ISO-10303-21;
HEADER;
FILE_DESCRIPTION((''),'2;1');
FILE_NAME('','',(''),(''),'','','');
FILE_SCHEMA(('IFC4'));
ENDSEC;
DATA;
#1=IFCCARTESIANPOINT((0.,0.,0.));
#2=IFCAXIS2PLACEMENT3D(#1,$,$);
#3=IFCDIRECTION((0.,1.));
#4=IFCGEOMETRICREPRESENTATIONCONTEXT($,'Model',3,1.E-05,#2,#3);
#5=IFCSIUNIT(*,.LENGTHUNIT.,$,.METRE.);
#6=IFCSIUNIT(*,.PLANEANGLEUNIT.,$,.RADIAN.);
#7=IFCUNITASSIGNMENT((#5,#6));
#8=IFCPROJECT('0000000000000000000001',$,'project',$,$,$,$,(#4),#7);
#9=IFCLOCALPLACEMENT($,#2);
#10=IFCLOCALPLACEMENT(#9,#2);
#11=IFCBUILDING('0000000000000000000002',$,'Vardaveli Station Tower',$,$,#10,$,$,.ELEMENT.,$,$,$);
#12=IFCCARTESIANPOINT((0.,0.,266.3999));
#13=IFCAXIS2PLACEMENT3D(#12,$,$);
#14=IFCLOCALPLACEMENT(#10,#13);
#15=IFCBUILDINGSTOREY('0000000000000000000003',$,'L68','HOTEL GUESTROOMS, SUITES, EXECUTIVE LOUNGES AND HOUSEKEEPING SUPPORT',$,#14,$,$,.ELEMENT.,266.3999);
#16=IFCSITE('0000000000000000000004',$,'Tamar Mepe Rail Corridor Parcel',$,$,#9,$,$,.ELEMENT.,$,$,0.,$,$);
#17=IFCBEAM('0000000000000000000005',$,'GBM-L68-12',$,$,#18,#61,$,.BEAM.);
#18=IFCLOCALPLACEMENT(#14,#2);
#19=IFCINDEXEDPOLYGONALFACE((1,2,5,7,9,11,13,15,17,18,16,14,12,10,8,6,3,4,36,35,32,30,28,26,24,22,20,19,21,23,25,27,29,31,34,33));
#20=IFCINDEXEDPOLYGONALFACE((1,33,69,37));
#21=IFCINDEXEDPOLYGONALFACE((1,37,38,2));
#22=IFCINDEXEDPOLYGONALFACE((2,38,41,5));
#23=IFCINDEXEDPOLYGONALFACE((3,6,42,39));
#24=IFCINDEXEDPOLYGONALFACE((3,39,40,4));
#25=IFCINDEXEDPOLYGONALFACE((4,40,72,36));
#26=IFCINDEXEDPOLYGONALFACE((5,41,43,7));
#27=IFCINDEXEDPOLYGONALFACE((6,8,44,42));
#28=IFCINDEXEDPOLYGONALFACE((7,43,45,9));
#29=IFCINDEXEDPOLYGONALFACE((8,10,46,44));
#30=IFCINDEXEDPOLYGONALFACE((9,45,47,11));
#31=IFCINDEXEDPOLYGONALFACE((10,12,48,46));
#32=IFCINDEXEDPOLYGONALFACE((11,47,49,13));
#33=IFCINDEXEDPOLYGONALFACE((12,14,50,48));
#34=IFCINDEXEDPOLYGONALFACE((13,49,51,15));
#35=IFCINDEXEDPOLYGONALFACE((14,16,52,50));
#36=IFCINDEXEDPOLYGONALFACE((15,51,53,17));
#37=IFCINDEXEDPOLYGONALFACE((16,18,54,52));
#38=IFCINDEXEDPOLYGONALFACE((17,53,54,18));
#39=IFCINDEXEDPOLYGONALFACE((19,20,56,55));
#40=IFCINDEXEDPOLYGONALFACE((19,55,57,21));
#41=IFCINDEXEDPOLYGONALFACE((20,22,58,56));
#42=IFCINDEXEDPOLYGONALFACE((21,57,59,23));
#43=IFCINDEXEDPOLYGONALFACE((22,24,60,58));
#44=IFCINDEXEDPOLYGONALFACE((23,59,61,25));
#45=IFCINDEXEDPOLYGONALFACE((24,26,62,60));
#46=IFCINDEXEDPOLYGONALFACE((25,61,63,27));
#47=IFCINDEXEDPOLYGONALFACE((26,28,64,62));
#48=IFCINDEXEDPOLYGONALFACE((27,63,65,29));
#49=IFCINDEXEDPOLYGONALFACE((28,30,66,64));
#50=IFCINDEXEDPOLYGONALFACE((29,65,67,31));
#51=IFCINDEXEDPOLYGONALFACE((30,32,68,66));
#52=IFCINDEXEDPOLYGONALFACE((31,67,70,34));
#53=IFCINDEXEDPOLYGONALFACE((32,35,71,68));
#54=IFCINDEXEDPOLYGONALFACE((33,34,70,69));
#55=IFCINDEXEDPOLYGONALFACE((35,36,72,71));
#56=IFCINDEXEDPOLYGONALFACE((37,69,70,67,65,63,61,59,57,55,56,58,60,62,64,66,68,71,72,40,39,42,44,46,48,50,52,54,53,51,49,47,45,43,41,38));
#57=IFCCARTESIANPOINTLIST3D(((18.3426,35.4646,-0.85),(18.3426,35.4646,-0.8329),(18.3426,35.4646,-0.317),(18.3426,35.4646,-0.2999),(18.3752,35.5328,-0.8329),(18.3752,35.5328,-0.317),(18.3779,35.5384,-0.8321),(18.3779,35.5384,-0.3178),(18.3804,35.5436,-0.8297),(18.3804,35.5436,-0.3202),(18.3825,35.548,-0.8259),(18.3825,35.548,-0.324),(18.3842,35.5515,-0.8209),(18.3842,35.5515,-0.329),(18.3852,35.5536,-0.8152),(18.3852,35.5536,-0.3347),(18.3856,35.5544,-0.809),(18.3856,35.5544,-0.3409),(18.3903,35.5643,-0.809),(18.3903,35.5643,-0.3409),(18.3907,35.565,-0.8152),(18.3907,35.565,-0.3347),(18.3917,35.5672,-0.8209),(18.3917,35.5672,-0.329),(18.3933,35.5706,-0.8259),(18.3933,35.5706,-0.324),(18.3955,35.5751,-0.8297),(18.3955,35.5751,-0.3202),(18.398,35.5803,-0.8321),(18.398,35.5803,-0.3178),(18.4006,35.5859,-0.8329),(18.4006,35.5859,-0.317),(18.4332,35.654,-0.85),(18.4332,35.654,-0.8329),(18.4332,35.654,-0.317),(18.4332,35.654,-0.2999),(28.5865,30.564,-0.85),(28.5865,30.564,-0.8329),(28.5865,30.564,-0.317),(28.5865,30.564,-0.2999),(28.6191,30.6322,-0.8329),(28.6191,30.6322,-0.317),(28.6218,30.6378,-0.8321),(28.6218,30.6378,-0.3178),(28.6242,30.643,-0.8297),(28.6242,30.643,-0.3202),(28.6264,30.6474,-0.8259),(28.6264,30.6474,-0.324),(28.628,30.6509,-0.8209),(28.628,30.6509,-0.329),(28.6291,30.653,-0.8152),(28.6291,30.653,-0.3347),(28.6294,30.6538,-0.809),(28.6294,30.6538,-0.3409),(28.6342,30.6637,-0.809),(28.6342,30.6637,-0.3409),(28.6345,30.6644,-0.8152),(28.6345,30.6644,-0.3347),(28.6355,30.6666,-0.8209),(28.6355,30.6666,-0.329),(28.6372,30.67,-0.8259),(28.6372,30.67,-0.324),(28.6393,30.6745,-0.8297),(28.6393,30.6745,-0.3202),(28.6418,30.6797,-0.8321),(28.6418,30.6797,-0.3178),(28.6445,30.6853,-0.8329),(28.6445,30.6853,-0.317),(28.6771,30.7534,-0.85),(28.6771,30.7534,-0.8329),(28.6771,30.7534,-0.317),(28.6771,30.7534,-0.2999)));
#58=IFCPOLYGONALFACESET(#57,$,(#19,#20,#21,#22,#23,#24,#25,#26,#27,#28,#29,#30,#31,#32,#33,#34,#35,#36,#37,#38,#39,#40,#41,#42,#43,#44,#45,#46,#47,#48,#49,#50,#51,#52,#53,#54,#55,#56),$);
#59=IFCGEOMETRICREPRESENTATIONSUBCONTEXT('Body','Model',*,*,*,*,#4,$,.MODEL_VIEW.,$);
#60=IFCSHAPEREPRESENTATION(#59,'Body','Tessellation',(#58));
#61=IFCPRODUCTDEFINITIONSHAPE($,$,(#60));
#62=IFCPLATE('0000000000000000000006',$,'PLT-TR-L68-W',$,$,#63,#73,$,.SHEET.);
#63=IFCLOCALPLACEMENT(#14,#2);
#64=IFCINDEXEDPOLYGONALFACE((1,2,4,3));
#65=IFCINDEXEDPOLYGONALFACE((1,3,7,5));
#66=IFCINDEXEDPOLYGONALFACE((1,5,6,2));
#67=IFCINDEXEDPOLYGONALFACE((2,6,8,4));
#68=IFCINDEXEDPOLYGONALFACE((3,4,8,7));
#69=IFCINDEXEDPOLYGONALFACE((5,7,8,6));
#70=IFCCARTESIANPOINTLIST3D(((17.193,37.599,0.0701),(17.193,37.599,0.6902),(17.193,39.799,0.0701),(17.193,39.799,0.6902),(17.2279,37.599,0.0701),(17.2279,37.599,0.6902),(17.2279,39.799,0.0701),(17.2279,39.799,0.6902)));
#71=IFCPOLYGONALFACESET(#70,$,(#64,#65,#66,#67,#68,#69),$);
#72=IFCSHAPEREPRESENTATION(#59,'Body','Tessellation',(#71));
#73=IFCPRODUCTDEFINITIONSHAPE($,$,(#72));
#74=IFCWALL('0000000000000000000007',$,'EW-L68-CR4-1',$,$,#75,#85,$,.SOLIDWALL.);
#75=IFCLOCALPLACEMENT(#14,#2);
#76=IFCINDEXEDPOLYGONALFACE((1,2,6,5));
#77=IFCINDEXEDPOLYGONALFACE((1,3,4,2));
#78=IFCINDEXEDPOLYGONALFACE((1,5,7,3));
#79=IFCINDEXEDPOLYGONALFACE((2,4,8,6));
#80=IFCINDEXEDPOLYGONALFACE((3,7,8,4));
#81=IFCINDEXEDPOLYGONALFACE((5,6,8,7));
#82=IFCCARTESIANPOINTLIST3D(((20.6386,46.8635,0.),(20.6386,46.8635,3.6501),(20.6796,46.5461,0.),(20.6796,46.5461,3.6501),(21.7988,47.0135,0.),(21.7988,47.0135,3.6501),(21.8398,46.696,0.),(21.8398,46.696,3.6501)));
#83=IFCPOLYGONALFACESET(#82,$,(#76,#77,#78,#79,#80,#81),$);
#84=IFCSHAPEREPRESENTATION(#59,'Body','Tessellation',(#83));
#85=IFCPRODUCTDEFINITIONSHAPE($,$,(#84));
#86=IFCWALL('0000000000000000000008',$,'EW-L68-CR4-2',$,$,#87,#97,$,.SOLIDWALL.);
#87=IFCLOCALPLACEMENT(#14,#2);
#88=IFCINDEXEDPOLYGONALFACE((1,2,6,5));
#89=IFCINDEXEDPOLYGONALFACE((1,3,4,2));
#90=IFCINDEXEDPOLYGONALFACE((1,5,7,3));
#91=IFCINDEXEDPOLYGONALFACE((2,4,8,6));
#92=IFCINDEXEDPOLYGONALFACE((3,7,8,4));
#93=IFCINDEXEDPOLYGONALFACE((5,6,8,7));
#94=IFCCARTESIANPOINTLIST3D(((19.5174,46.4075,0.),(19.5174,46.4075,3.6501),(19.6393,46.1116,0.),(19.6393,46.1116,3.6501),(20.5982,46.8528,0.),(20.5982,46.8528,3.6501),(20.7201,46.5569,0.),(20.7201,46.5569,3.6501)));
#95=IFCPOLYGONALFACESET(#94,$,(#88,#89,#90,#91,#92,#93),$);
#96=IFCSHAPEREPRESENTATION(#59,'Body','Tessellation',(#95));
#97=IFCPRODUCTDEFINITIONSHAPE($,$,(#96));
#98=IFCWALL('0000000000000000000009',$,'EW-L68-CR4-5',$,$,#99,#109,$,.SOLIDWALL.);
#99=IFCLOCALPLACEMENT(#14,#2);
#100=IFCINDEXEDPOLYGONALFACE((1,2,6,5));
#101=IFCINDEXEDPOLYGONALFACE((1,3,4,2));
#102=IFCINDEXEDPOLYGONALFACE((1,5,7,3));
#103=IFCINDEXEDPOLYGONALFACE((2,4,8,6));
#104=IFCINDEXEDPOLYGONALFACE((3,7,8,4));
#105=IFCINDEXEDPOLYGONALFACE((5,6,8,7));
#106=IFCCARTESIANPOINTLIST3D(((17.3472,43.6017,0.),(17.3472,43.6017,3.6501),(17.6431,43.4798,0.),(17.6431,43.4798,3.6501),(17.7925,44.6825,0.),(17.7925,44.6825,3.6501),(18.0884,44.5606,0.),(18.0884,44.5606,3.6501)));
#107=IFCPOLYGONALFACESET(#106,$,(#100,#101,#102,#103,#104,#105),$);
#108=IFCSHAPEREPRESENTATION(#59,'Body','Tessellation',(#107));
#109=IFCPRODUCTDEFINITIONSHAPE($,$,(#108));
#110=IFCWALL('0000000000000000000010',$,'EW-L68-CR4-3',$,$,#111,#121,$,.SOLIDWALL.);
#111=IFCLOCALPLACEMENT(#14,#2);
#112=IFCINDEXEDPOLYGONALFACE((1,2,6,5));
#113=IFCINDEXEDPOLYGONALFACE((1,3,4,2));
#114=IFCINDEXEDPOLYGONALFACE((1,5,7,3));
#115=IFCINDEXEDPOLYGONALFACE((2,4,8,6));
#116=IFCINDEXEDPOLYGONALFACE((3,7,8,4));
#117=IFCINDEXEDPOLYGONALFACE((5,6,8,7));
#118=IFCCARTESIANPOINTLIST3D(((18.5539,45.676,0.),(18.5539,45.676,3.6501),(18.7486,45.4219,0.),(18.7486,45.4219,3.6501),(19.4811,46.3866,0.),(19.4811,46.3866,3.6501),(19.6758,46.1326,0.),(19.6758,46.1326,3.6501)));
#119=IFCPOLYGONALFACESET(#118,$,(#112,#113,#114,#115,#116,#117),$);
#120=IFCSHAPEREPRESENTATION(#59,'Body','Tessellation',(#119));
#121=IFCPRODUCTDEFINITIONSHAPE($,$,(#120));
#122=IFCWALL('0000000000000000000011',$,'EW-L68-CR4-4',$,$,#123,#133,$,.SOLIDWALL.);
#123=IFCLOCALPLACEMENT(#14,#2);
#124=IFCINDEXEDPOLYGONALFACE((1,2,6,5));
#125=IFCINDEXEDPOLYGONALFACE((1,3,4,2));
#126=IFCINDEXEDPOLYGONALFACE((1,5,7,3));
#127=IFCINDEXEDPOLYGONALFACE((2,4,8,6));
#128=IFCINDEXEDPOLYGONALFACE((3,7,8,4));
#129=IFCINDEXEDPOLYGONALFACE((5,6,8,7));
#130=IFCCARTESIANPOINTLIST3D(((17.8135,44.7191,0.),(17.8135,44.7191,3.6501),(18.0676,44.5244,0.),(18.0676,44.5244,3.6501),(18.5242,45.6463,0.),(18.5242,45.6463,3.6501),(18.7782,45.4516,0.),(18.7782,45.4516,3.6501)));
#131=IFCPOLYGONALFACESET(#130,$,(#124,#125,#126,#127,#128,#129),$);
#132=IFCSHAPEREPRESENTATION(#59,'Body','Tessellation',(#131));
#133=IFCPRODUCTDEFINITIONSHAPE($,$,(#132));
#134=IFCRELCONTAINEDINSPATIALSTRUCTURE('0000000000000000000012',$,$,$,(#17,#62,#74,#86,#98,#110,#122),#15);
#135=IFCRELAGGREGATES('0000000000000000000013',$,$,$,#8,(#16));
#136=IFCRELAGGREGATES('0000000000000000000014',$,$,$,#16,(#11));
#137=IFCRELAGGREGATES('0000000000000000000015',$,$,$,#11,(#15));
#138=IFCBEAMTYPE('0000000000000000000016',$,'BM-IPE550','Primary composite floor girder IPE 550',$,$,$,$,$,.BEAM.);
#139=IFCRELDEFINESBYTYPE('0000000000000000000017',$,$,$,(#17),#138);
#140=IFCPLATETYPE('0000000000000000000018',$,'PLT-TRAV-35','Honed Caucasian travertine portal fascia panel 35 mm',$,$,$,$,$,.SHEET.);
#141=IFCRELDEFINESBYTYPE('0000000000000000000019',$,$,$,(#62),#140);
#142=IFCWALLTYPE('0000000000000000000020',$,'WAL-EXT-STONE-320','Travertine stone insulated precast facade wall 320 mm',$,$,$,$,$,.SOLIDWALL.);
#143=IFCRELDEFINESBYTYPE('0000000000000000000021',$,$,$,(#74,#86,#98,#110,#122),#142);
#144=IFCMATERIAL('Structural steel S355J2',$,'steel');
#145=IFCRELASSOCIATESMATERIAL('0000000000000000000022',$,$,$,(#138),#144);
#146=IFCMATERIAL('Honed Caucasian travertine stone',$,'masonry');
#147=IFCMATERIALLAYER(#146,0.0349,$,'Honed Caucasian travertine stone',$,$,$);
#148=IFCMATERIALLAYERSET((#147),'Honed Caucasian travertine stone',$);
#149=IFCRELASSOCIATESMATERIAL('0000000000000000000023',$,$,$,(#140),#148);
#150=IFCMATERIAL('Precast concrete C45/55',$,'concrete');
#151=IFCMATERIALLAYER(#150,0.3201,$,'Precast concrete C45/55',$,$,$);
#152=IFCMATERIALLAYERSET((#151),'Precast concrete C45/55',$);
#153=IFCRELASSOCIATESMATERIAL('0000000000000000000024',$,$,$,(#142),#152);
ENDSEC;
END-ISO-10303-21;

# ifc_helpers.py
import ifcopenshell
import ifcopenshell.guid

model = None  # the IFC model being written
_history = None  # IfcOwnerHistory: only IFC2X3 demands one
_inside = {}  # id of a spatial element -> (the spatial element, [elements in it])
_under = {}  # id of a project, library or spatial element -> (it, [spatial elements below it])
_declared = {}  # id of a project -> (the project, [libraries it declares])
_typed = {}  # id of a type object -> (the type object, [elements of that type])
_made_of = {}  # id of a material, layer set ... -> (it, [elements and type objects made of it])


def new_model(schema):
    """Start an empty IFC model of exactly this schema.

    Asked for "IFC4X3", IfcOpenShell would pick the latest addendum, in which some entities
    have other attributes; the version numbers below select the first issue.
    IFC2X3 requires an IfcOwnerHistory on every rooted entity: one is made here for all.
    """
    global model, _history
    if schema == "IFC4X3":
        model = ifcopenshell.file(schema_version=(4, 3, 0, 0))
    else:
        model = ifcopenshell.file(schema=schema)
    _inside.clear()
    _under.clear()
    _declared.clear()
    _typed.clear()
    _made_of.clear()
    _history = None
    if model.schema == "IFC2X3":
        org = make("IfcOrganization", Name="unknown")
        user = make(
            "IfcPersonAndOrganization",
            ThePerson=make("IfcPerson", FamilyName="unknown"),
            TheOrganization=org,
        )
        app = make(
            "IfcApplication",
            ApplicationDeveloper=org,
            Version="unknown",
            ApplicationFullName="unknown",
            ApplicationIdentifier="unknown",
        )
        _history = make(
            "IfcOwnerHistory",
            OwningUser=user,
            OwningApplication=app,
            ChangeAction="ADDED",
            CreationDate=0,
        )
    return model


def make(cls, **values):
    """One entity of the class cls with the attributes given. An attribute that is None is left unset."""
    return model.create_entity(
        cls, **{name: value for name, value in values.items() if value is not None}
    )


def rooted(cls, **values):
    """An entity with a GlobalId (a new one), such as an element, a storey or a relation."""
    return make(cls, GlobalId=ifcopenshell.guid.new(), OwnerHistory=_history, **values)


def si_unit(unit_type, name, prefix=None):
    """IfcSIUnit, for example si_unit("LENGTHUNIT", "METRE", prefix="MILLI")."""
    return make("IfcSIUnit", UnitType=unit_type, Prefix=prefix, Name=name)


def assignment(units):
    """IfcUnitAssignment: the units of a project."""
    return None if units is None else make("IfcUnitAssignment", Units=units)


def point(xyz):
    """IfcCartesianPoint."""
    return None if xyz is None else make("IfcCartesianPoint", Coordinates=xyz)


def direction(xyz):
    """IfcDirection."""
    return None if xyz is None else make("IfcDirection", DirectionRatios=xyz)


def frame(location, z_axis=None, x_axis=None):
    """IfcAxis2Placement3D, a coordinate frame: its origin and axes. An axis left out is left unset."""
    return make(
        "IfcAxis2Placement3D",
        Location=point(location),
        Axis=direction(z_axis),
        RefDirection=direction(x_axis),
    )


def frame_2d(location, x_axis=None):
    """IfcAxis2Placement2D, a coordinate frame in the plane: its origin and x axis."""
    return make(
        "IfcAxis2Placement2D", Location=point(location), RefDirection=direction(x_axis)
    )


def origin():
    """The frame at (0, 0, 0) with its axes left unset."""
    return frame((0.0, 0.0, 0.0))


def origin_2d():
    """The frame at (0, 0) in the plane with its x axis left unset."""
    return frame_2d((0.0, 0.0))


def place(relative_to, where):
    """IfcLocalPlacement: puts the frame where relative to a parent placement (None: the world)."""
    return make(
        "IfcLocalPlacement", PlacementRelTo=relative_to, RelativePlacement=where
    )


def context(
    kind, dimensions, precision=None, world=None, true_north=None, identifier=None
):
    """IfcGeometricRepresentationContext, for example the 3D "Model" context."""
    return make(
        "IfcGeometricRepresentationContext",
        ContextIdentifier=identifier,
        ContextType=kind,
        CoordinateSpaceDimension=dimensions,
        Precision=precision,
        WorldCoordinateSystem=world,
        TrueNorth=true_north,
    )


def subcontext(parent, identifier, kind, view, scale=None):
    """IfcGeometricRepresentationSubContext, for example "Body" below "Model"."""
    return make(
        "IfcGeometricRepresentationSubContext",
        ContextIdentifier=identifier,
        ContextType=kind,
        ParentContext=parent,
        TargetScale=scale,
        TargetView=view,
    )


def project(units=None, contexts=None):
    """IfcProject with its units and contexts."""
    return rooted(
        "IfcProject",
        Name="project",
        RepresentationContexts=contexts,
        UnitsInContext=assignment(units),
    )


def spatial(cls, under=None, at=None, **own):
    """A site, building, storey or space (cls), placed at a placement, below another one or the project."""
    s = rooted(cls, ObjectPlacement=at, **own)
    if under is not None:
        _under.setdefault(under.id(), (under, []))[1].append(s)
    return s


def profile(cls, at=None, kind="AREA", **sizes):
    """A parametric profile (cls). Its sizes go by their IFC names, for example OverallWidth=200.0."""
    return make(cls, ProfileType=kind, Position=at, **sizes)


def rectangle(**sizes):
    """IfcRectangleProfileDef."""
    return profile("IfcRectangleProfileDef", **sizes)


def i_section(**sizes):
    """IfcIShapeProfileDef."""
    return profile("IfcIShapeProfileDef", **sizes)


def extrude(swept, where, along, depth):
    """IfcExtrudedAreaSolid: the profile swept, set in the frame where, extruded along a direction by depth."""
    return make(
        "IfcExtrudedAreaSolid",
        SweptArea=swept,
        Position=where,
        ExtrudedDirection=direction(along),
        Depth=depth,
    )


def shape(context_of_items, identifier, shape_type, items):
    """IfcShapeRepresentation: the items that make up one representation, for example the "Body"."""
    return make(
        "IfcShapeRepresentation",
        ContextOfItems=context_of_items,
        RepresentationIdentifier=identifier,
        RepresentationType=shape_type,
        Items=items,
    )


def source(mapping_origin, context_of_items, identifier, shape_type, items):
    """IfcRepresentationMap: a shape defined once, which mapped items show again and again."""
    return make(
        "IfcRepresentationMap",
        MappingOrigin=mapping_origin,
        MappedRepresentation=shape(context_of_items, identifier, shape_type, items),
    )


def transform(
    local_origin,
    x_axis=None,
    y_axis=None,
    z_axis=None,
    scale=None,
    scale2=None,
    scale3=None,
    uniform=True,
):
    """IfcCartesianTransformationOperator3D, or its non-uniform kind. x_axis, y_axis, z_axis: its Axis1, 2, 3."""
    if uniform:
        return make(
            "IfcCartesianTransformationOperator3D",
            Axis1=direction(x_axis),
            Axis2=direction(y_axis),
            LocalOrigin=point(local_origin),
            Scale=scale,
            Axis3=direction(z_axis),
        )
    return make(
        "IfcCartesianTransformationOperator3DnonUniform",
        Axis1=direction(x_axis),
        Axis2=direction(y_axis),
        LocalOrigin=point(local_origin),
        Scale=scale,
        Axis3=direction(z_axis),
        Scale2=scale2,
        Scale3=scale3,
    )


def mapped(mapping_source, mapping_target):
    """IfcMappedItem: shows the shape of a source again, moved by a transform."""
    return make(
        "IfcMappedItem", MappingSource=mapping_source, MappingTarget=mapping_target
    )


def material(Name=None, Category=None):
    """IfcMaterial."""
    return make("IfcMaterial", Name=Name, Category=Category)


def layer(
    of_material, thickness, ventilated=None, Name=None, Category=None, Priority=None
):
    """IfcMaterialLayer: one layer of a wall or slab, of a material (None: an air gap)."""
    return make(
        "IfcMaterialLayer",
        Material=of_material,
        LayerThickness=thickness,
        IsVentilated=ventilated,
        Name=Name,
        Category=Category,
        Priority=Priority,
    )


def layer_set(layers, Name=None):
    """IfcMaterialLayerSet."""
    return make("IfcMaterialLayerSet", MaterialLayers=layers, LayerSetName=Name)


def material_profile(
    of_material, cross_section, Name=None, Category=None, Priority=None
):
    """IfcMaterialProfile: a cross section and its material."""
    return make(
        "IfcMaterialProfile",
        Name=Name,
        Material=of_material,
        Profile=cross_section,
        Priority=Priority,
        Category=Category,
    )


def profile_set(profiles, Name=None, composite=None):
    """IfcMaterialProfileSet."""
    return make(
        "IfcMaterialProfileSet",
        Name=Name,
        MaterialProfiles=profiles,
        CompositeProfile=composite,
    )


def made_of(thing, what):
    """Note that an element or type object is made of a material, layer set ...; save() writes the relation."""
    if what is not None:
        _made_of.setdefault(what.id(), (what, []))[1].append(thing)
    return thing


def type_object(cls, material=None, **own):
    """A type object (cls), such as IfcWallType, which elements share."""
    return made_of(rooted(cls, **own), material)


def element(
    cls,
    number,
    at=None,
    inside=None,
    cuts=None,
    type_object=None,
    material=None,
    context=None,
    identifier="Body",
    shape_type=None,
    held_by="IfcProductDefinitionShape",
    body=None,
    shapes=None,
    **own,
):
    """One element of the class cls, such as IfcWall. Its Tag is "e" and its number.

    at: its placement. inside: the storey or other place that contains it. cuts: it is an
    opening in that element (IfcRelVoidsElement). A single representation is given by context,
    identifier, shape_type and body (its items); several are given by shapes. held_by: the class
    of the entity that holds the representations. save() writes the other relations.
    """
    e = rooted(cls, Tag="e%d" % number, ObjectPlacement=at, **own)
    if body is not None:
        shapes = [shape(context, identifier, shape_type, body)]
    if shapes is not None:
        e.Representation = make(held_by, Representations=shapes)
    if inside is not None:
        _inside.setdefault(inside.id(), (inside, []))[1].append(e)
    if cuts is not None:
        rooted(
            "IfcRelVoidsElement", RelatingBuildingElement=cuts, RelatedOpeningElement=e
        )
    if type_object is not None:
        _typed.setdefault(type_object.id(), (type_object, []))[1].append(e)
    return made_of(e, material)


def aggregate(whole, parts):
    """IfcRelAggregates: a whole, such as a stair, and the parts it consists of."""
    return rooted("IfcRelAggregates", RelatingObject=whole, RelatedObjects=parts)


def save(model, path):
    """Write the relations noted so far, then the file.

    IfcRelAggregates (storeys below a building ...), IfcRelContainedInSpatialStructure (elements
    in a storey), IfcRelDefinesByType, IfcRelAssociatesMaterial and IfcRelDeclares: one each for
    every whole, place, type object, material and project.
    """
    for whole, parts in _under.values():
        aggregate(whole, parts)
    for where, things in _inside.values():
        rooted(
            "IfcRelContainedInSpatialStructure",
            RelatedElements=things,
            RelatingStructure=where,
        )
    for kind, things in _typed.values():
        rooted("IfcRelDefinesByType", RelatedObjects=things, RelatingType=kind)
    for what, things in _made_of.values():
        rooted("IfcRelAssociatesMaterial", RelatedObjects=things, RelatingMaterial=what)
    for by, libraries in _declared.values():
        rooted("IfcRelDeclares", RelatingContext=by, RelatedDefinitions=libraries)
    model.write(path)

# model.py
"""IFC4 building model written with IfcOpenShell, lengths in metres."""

from ifc_helpers import new_model, si_unit, direction, frame, frame_2d, origin, origin_2d, place, context, subcontext, project, spatial, rectangle, i_section, extrude, source, transform, mapped, material, layer, layer_set, material_profile, profile_set, type_object, element, save


model = new_model("IFC4")

# Units and contexts
model_context = context("Model", 3, precision=1e-05, world=origin(), true_north=direction((0.0, 1.0)))
body_context = subcontext(model_context, "Body", "Model", "MODEL_VIEW")
ifc_project = project(units=[si_unit("LENGTHUNIT", "METRE"), si_unit("PLANEANGLEUNIT", "RADIAN")], contexts=[model_context])

# Site, building, storey
site_placement = place(None, origin())
site = spatial("IfcSite", under=ifc_project, at=site_placement, Name="Tamar Mepe Rail Corridor Parcel", CompositionType="ELEMENT", RefElevation=0.0)
building_placement = place(site_placement, origin())
building = spatial("IfcBuilding", under=site, at=building_placement, Name="Vardaveli Station Tower", CompositionType="ELEMENT")
storey_placement = place(building_placement, frame((0.0, 0.0, 266.3999)))
storey = spatial("IfcBuildingStorey", under=building, at=storey_placement, Name="L68", Description="HOTEL GUESTROOMS, SUITES, EXECUTIVE LOUNGES AND HOUSEKEEPING SUPPORT", CompositionType="ELEMENT", Elevation=266.3999)

# Beam
ifc_material_1 = material(Name="Precast concrete C45/55", Category="concrete")
ifc_material_2 = material(Name="Structural steel S355J2", Category="steel")
ifc_material_profile_1 = material_profile(ifc_material_2, i_section(OverallWidth=0.21, OverallDepth=0.55, WebThickness=0.011, FlangeThickness=0.0171, FilletRadius=0.0239, at=origin_2d()), Name="IPE 550")
ifc_profile_set_1 = profile_set([ifc_material_profile_1], Name="Structural steel S355J2")
beam_type_1 = type_object("IfcBeamType", Name="BM-IPE550", Description="Primary composite floor girder IPE 550", PredefinedType="BEAM", material=ifc_profile_set_1)
shared_shape_1 = source(origin(), body_context, "Body", "SweptSolid", [
    extrude(i_section(OverallWidth=0.21, OverallDepth=0.55, WebThickness=0.011, FlangeThickness=0.0171, FilletRadius=0.0239, at=origin_2d()), origin(), (0.0, 0.0, 1.0), 11.3557),
])
beam_1_placement = place(storey_placement, frame((18.3879, 35.5593, -0.575), z_axis=(0.902087, -0.431554, 0.0), x_axis=(0.431554, 0.902087, 0.0)))
element("IfcBeam", 1, at=beam_1_placement, inside=storey, type_object=beam_type_1, Name="GBM-L68-12", PredefinedType="BEAM", context=body_context, shape_type="MappedRepresentation", body=[
    mapped(shared_shape_1, transform((0.0, 0.0, 0.0), scale=1.0)),
])

# Plate
ifc_material_3 = material(Name="Honed Caucasian travertine stone", Category="masonry")
ifc_layer_1 = layer(ifc_material_3, 0.0349, Name="Honed Caucasian travertine stone")
ifc_layer_set_1 = layer_set([ifc_layer_1], Name="Honed Caucasian travertine stone")
plate_type = type_object("IfcPlateType", Name="PLT-TRAV-35", Description="Honed Caucasian travertine portal fascia panel 35 mm", PredefinedType="SHEET", material=ifc_layer_set_1)
shared_shape_2 = source(origin(), body_context, "Body", "SweptSolid", [
    extrude(rectangle(XDim=2.2, YDim=0.0349, at=origin_2d()), origin(), (0.0, 0.0, 1.0), 0.6201),
])
plate_placement = place(storey_placement, frame((17.2104, 38.699, 0.0701), z_axis=(0.0, 0.0, 1.0), x_axis=(0.0, 1.0, 0.0)))
element("IfcPlate", 2, at=plate_placement, inside=storey, type_object=plate_type, Name="PLT-TR-L68-W", PredefinedType="SHEET", context=body_context, shape_type="MappedRepresentation", body=[
    mapped(shared_shape_2, transform((0.0, 0.0, 0.0), scale=1.0)),
])

# Walls
ifc_layer_2 = layer(ifc_material_1, 0.3201, Name="Precast concrete C45/55")
ifc_layer_set_2 = layer_set([ifc_layer_2], Name="Precast concrete C45/55")
wall_type_1 = type_object("IfcWallType", Name="WAL-EXT-STONE-320", Description="Travertine stone insulated precast facade wall 320 mm", PredefinedType="SOLIDWALL", material=ifc_layer_set_2)
shared_shape_3 = source(origin(), body_context, "Body", "SweptSolid", [
    extrude(rectangle(XDim=1.1699, YDim=0.3201, at=frame_2d((0.585, 0.0))), origin(), (0.0, 0.0, 1.0), 3.6501),
])
wall_1_placement = place(storey_placement, frame((21.8193, 46.8547, 0.0), z_axis=(0.0, 0.0, 1.0), x_axis=(-0.991756, -0.128144, 0.0)))
element("IfcWall", 3, at=wall_1_placement, inside=storey, type_object=wall_type_1, Name="EW-L68-CR4-1", PredefinedType="SOLIDWALL", context=body_context, shape_type="MappedRepresentation", body=[
    mapped(shared_shape_3, transform((0.0, 0.0, 0.0), scale=1.0)),
])
shared_shape_4 = source(origin(), body_context, "Body", "SweptSolid", [
    extrude(rectangle(XDim=1.1689, YDim=0.3201, at=frame_2d((0.5845, 0.0))), origin(), (0.0, 0.0, 1.0), 3.6501),
])
for number, where, z_axis, x_axis, name in (
    (4, (20.6592, 46.7048, 0.0), (0.0, 0.0, 1.0), (-0.924596, -0.380949, 0.0), "EW-L68-CR4-2"),
    (5, (17.9404, 44.6216, 0.0), (0.0, 0.0, 1.0), (-0.380949, -0.924596, 0.0), "EW-L68-CR4-5"),
):
    element("IfcWall", number, at=place(storey_placement, frame(where, z_axis=z_axis, x_axis=x_axis)), inside=storey, type_object=wall_type_1, Name=name, PredefinedType="SOLIDWALL", context=body_context, shape_type="MappedRepresentation", body=[
        mapped(shared_shape_4, transform((0.0, 0.0, 0.0), scale=1.0)),
    ])
shared_shape_5 = source(origin(), body_context, "Body", "SweptSolid", [
    extrude(rectangle(XDim=1.1682, YDim=0.3201, at=frame_2d((0.584, 0.0))), origin(), (0.0, 0.0, 1.0), 3.6501),
])
for number, where, z_axis, x_axis, name in (
    (6, (19.5784, 46.2595, 0.0), (0.0, 0.0, 1.0), (-0.793687, -0.608326, 0.0), "EW-L68-CR4-3"),
    (7, (18.6511, 45.5488, 0.0), (0.0, 0.0, 1.0), (-0.608326, -0.793687, 0.0), "EW-L68-CR4-4"),
):
    element("IfcWall", number, at=place(storey_placement, frame(where, z_axis=z_axis, x_axis=x_axis)), inside=storey, type_object=wall_type_1, Name=name, PredefinedType="SOLIDWALL", context=body_context, shape_type="MappedRepresentation", body=[
        mapped(shared_shape_5, transform((0.0, 0.0, 0.0), scale=1.0)),
    ])

save(model, "model.ifc")
